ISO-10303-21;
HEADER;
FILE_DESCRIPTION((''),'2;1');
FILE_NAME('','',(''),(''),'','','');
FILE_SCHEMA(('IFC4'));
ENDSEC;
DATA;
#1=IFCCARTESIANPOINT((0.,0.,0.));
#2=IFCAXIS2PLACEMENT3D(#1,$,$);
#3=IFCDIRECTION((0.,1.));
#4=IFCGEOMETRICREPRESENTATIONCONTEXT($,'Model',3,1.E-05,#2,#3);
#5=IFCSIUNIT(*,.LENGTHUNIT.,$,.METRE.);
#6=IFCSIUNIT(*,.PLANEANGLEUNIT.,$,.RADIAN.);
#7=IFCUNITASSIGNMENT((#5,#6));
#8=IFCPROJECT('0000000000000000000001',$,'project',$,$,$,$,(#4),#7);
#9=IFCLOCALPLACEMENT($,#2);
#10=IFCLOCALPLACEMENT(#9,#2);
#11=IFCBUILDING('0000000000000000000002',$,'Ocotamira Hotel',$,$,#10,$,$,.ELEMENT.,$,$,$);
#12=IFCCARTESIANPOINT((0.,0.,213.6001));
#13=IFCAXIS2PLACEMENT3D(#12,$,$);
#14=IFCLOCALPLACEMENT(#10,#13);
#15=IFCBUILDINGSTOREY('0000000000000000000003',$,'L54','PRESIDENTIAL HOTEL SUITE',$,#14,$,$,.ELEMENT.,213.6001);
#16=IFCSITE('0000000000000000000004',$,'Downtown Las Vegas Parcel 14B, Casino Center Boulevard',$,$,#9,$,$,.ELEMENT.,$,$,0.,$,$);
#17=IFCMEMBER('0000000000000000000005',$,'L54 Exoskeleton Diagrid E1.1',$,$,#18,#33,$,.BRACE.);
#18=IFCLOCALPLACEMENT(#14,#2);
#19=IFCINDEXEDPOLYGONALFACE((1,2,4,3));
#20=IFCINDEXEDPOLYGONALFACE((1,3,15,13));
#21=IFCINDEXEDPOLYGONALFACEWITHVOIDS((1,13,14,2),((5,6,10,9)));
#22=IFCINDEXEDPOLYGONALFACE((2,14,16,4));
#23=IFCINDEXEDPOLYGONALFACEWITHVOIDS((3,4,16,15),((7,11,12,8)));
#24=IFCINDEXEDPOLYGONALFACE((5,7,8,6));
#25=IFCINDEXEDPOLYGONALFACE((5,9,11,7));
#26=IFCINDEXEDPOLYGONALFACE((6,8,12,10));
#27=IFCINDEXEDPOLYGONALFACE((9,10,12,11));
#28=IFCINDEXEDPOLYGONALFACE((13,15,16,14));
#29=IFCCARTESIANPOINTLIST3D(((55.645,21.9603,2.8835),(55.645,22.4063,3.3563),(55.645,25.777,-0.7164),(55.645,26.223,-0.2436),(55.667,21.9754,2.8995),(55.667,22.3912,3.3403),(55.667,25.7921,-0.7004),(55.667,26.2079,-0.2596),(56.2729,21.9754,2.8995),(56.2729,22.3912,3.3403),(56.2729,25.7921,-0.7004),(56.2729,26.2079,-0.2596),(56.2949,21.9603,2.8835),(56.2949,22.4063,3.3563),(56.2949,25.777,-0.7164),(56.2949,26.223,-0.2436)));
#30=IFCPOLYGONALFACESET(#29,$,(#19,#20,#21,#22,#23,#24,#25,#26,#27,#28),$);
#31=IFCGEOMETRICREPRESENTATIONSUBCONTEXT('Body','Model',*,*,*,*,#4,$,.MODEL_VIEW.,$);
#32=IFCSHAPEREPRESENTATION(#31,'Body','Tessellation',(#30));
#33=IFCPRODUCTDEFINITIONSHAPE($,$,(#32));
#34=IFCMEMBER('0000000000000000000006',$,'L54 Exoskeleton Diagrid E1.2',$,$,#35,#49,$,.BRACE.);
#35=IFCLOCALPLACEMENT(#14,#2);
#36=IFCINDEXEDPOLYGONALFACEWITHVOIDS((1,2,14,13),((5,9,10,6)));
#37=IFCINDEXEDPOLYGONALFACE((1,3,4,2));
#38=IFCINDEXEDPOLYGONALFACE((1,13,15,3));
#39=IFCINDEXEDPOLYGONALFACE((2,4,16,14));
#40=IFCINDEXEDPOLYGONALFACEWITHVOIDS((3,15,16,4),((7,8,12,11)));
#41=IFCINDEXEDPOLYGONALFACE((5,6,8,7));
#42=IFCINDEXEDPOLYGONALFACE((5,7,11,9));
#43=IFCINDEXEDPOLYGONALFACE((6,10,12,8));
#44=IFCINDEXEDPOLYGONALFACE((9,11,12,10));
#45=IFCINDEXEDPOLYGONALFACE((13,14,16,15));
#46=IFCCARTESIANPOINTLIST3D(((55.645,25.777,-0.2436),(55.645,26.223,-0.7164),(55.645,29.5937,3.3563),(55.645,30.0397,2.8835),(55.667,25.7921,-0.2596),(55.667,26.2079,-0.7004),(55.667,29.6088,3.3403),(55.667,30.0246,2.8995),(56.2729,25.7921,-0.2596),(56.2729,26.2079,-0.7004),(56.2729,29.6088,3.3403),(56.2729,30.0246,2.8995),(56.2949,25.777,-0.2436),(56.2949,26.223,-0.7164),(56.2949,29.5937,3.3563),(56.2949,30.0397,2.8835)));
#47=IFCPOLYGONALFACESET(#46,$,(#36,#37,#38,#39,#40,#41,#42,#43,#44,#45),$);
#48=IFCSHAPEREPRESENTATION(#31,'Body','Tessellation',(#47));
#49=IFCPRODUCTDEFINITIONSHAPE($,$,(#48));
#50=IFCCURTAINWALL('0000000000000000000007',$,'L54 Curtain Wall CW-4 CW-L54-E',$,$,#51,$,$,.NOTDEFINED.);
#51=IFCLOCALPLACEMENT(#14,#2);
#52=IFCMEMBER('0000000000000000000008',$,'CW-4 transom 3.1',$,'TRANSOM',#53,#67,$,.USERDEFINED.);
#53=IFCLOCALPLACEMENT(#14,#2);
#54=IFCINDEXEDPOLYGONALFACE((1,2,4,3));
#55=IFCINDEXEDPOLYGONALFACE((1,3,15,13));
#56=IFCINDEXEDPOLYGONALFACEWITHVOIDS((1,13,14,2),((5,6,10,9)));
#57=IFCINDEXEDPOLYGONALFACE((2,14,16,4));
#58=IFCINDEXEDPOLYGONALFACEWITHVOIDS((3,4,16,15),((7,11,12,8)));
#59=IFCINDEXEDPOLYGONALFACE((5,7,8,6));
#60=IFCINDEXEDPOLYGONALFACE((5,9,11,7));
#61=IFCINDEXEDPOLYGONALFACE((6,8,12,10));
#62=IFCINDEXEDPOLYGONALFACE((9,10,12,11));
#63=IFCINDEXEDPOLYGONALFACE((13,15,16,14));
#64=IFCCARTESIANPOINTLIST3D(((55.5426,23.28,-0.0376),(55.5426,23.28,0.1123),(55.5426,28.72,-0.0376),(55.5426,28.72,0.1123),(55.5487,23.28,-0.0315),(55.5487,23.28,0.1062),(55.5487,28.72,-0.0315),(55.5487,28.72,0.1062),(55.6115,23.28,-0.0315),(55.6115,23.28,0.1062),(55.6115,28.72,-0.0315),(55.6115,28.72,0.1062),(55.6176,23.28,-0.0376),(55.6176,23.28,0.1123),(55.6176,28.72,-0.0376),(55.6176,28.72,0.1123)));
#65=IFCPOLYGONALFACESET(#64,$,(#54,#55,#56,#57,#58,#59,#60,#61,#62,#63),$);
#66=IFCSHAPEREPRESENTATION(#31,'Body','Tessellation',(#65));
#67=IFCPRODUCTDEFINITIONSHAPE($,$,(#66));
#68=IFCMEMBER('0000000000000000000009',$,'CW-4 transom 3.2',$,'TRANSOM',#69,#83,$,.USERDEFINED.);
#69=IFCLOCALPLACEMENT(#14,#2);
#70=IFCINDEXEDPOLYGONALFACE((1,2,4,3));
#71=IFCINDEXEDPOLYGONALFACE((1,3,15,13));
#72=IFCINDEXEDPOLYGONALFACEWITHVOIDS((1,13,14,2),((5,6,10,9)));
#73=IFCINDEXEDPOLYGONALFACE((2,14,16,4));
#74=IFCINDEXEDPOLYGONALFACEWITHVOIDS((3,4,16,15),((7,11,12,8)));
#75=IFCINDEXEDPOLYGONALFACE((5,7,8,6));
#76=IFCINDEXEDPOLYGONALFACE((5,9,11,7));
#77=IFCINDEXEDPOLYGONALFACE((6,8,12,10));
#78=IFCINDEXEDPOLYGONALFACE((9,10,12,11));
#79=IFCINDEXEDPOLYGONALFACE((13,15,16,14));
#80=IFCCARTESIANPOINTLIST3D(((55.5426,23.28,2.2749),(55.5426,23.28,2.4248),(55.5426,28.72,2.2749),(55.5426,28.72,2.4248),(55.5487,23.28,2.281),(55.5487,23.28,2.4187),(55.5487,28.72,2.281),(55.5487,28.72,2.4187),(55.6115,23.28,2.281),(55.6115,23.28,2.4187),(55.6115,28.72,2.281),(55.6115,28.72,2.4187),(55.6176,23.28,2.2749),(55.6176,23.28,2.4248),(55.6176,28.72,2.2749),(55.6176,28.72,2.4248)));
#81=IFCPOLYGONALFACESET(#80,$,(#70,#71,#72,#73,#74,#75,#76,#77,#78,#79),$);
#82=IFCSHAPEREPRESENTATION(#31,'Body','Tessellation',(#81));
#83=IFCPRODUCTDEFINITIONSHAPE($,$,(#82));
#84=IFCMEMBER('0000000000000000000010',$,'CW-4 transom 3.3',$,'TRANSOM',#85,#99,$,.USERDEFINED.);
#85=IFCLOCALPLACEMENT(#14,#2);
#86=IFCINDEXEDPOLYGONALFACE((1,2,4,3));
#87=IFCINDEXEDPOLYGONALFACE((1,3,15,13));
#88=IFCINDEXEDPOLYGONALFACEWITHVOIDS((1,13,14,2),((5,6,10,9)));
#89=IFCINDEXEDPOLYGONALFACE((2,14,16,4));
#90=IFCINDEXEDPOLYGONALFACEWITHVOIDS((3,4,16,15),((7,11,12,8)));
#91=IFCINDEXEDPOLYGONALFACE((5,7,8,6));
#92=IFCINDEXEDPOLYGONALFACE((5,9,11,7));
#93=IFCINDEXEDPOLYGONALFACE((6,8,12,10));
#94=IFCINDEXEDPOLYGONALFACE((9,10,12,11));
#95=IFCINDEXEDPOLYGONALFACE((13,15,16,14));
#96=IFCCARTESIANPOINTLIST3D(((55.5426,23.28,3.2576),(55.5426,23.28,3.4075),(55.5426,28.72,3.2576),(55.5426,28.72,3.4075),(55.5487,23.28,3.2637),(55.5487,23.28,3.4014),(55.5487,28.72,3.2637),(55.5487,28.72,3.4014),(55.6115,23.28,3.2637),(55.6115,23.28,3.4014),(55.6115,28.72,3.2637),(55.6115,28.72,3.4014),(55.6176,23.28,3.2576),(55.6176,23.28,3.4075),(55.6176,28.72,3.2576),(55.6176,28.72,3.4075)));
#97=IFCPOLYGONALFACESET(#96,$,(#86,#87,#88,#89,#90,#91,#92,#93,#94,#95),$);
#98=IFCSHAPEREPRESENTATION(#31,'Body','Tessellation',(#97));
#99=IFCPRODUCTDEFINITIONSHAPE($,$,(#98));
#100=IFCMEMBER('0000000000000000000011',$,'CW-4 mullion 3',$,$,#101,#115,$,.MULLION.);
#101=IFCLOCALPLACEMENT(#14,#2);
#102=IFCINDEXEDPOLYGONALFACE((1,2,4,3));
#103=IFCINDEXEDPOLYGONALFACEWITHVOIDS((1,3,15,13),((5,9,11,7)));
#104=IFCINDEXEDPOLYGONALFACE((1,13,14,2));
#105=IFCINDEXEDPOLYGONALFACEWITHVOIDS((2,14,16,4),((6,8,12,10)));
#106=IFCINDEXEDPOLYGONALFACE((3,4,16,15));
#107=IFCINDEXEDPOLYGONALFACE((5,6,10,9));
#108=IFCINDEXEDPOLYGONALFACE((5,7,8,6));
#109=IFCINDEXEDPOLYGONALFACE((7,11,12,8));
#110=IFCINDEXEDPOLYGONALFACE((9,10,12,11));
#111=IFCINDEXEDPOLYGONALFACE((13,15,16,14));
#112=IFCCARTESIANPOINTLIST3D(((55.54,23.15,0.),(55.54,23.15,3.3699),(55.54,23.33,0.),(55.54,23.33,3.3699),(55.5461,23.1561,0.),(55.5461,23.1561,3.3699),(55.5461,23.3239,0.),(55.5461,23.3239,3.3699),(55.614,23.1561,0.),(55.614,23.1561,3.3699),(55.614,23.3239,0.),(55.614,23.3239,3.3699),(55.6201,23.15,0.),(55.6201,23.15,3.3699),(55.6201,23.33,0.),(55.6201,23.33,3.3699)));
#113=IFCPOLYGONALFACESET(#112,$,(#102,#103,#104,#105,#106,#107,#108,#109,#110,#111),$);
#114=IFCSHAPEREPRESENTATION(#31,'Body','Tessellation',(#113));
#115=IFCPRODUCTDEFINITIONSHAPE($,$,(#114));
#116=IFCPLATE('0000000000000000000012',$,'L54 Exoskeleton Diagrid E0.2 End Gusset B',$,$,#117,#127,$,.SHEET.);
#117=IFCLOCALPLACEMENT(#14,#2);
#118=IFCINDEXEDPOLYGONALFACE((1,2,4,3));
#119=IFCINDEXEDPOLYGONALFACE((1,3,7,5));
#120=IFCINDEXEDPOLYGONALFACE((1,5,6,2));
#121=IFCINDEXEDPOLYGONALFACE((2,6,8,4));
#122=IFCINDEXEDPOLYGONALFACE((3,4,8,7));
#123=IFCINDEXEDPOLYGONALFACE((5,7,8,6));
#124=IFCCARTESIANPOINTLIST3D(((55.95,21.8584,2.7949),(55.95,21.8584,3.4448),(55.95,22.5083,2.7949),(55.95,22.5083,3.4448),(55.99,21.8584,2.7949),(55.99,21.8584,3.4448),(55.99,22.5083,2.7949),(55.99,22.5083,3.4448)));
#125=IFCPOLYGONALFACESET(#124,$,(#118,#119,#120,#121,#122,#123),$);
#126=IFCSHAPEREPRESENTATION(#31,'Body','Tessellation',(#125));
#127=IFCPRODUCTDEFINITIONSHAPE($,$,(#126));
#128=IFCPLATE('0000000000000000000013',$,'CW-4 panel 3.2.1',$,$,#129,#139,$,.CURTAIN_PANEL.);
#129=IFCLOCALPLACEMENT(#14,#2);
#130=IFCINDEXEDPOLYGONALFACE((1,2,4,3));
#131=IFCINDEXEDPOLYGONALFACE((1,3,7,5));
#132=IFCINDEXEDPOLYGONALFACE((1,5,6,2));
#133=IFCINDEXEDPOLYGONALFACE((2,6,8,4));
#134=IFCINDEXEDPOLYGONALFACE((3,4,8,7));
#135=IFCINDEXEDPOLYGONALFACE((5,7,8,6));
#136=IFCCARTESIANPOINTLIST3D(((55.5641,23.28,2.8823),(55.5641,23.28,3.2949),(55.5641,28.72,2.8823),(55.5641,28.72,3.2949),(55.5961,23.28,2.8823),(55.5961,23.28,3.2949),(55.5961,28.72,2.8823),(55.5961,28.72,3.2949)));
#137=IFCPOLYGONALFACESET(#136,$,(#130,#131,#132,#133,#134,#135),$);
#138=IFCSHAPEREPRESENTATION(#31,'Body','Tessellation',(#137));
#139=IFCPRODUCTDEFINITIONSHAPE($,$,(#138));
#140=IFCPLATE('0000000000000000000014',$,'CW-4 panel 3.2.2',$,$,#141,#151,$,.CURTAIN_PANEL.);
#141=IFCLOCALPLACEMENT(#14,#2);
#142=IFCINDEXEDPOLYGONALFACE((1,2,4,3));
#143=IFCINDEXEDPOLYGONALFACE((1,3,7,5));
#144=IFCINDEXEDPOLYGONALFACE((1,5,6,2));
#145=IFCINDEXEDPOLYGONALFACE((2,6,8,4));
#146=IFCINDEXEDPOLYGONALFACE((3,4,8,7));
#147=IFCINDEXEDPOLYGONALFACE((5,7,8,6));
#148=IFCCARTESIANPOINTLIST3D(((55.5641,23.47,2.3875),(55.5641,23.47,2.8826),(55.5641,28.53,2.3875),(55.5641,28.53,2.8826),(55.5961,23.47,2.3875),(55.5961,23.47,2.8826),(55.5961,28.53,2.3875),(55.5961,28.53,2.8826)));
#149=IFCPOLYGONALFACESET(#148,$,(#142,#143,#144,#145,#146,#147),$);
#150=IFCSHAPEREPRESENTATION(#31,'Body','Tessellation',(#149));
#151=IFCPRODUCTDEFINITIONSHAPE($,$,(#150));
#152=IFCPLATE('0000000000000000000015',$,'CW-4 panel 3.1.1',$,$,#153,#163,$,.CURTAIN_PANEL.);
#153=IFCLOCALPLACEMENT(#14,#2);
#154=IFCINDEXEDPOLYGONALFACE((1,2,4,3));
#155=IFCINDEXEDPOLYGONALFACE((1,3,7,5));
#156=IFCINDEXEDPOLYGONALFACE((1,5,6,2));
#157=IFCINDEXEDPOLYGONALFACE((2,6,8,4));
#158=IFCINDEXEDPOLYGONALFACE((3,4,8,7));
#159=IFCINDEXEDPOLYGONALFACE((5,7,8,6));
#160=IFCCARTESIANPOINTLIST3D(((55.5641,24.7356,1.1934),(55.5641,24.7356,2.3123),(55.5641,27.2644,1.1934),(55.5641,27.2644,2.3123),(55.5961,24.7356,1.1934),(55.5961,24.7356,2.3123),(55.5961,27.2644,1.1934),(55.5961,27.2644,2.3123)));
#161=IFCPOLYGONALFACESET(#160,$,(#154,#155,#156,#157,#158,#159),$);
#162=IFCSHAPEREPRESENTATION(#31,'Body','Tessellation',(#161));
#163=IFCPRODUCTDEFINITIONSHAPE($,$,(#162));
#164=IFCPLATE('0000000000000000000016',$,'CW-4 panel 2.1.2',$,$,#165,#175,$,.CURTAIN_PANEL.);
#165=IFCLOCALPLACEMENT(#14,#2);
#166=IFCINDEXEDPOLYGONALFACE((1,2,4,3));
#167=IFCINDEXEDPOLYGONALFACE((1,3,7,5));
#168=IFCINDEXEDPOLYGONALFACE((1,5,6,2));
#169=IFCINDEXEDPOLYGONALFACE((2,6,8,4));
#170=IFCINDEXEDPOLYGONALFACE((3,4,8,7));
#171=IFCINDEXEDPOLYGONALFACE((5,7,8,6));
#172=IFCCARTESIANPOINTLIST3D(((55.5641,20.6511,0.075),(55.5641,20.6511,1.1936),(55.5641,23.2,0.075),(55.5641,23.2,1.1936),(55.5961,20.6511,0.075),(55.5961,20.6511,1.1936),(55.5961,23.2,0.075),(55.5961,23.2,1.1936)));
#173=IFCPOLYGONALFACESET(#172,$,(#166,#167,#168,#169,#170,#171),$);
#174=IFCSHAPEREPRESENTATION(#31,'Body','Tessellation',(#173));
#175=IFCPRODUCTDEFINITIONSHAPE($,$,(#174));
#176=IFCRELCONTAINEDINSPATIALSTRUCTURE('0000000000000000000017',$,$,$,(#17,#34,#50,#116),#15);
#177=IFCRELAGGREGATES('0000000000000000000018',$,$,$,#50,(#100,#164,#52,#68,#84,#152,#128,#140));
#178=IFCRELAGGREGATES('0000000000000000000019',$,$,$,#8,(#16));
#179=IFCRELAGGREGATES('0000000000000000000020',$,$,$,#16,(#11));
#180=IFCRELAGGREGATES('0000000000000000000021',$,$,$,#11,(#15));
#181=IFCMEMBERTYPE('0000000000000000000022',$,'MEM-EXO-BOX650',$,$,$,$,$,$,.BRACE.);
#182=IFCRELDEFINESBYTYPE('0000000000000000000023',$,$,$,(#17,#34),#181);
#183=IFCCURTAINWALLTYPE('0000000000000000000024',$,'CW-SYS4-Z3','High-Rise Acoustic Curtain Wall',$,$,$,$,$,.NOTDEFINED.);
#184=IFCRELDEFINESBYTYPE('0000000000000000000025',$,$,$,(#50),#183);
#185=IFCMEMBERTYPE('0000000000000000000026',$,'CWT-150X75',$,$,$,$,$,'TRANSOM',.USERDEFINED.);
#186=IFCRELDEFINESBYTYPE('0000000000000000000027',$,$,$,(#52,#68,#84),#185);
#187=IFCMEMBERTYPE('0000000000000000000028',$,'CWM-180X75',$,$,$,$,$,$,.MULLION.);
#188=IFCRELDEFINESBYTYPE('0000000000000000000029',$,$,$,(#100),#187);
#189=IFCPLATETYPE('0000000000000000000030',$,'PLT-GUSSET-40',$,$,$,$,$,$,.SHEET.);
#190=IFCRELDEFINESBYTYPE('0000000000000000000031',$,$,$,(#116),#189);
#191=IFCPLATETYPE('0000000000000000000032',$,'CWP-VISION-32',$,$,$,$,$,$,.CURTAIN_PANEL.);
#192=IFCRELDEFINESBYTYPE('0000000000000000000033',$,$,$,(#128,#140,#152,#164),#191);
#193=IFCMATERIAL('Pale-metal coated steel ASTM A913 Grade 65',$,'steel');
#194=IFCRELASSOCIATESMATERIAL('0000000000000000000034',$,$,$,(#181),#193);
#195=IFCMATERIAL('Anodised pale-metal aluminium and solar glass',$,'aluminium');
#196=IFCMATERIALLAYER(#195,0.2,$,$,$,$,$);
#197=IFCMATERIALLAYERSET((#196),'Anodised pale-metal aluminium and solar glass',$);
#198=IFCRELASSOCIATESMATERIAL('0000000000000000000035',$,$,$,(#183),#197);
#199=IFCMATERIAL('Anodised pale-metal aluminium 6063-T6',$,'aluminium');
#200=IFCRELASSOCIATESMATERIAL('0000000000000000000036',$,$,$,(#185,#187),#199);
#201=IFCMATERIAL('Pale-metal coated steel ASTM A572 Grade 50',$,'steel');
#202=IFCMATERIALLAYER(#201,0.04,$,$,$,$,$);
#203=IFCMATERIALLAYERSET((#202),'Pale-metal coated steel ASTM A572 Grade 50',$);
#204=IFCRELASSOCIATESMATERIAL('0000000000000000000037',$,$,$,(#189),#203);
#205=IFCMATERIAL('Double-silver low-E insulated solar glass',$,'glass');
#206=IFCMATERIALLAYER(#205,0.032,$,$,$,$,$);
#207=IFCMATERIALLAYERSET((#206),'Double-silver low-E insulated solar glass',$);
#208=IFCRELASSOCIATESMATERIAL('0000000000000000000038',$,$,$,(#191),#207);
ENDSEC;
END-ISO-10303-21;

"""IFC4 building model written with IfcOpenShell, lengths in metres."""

from ifc_helpers import new_model, si_unit, direction, frame, origin, origin_2d, place, context, subcontext, project, spatial, rectangle, hollow_rectangle, extrude, source, transform, mapped, material, layer, layer_set, material_profile, profile_set, type_object, element, aggregate, save


model = new_model("IFC4")

# Units and contexts
model_context = context("Model", 3, precision=1e-05, world=origin(), true_north=direction((0.0, 1.0)))
body_context = subcontext(model_context, "Body", "Model", "MODEL_VIEW")
ifc_project = project(units=[si_unit("LENGTHUNIT", "METRE"), si_unit("PLANEANGLEUNIT", "RADIAN")], contexts=[model_context])

# Site, building, storey
site_placement = place(None, origin())
site = spatial("IfcSite", under=ifc_project, at=site_placement, Name="Downtown Las Vegas Parcel 14B, Casino Center Boulevard", CompositionType="ELEMENT", RefElevation=0.0)
building_placement = place(site_placement, origin())
building = spatial("IfcBuilding", under=site, at=building_placement, Name="Ocotamira Hotel", CompositionType="ELEMENT")
storey_placement = place(building_placement, frame((0.0, 0.0, 213.6001)))
storey = spatial("IfcBuildingStorey", under=building, at=storey_placement, Name="L54", Description="PRESIDENTIAL HOTEL SUITE", CompositionType="ELEMENT", Elevation=213.6001)

# Members
ifc_material_1 = material(Name="Pale-metal coated steel ASTM A913 Grade 65", Category="steel")
ifc_material_profile_1 = material_profile(ifc_material_1, hollow_rectangle(XDim=0.6499, YDim=0.6499, WallThickness=0.022, at=origin_2d()), Name="BOX650X650X22")
ifc_profile_set_1 = profile_set([ifc_material_profile_1], Name="Pale-metal coated steel ASTM A913 Grade 65")
member_type_1 = type_object("IfcMemberType", Name="MEM-EXO-BOX650", PredefinedType="BRACE", material=ifc_profile_set_1)
shared_shape_1 = source(origin(), body_context, "Body", "SweptSolid", [
    extrude(hollow_rectangle(XDim=0.6499, YDim=0.6499, WallThickness=0.022, at=origin_2d()), origin(), (0.0, 0.0, 1.0), 5.2466),
])
for number, where, z_axis, x_axis, name in (
    (1, (55.97, 26.0, -0.48), (0.0, -0.727466, 0.686144), (1.0, 0.0, 0.0), "L54 Exoskeleton Diagrid E1.1"),
    (2, (55.97, 26.0, -0.48), (0.0, 0.727466, 0.686144), (-1.0, 0.0, 0.0), "L54 Exoskeleton Diagrid E1.2"),
):
    element("IfcMember", number, at=place(storey_placement, frame(where, z_axis=z_axis, x_axis=x_axis)), inside=storey, type_object=member_type_1, Name=name, PredefinedType="BRACE", context=body_context, shape_type="MappedRepresentation", body=[
        mapped(shared_shape_1, transform((0.0, 0.0, 0.0), scale=1.0)),
    ])

# Curtain wall, members
ifc_material_2 = material(Name="Anodised pale-metal aluminium and solar glass", Category="aluminium")
ifc_layer_1 = layer(ifc_material_2, 0.2)
ifc_layer_set_1 = layer_set([ifc_layer_1], Name="Anodised pale-metal aluminium and solar glass")
curtain_wall_type = type_object("IfcCurtainWallType", Name="CW-SYS4-Z3", Description="High-Rise Acoustic Curtain Wall", PredefinedType="NOTDEFINED", material=ifc_layer_set_1)
curtain_wall_placement = place(storey_placement, origin())
curtain_wall = element("IfcCurtainWall", 3, at=curtain_wall_placement, inside=storey, type_object=curtain_wall_type, Name="L54 Curtain Wall CW-4 CW-L54-E", PredefinedType="NOTDEFINED")
ifc_material_3 = material(Name="Anodised pale-metal aluminium 6063-T6", Category="aluminium")
ifc_material_profile_2 = material_profile(ifc_material_3, hollow_rectangle(XDim=0.075, YDim=0.1499, WallThickness=0.0061, at=origin_2d()), Name="HSS150X75X6")
ifc_profile_set_2 = profile_set([ifc_material_profile_2], Name="Anodised pale-metal aluminium 6063-T6")
member_type_2 = type_object("IfcMemberType", Name="CWT-150X75", ElementType="TRANSOM", PredefinedType="USERDEFINED", material=ifc_profile_set_2)
shared_shape_2 = source(origin(), body_context, "Body", "SweptSolid", [
    extrude(hollow_rectangle(XDim=0.075, YDim=0.1499, WallThickness=0.0061, at=origin_2d()), origin(), (0.0, 0.0, 1.0), 5.4399),
])
member_1_placement = place(storey_placement, frame((55.5801, 23.28, 0.0374), z_axis=(0.0, 1.0, 0.0), x_axis=(-1.0, 0.0, 0.0)))
member_1 = element("IfcMember", 4, at=member_1_placement, type_object=member_type_2, Name="CW-4 transom 3.1", ObjectType="TRANSOM", PredefinedType="USERDEFINED", context=body_context, shape_type="MappedRepresentation", body=[
    mapped(shared_shape_2, transform((0.0, 0.0, 0.0), scale=1.0)),
])
member_2_placement = place(storey_placement, frame((55.5801, 23.28, 2.3499), z_axis=(0.0, 1.0, 0.0), x_axis=(-1.0, 0.0, 0.0)))
member_2 = element("IfcMember", 5, at=member_2_placement, type_object=member_type_2, Name="CW-4 transom 3.2", ObjectType="TRANSOM", PredefinedType="USERDEFINED", context=body_context, shape_type="MappedRepresentation", body=[
    mapped(shared_shape_2, transform((0.0, 0.0, 0.0), scale=1.0)),
])
member_3_placement = place(storey_placement, frame((55.5801, 23.28, 3.3325), z_axis=(0.0, 1.0, 0.0), x_axis=(-1.0, 0.0, 0.0)))
member_3 = element("IfcMember", 6, at=member_3_placement, type_object=member_type_2, Name="CW-4 transom 3.3", ObjectType="TRANSOM", PredefinedType="USERDEFINED", context=body_context, shape_type="MappedRepresentation", body=[
    mapped(shared_shape_2, transform((0.0, 0.0, 0.0), scale=1.0)),
])
ifc_material_profile_3 = material_profile(ifc_material_3, hollow_rectangle(XDim=0.0801, YDim=0.1799, WallThickness=0.0061, at=origin_2d()), Name="HSS180X80X6")
ifc_profile_set_3 = profile_set([ifc_material_profile_3], Name="Anodised pale-metal aluminium 6063-T6")
member_type_3 = type_object("IfcMemberType", Name="CWM-180X75", PredefinedType="MULLION", material=ifc_profile_set_3)
shared_shape_3 = source(origin(), body_context, "Body", "SweptSolid", [
    extrude(hollow_rectangle(XDim=0.0801, YDim=0.1799, WallThickness=0.0061, at=origin_2d()), origin(), (0.0, 0.0, 1.0), 3.3699),
])
member_4_placement = place(storey_placement, frame((55.5801, 23.24, 0.0), z_axis=(0.0, 0.0, 1.0), x_axis=(-1.0, 0.0, 0.0)))
member_4 = element("IfcMember", 7, at=member_4_placement, type_object=member_type_3, Name="CW-4 mullion 3", PredefinedType="MULLION", context=body_context, shape_type="MappedRepresentation", body=[
    mapped(shared_shape_3, transform((0.0, 0.0, 0.0), scale=1.0)),
])

# Plates
ifc_material_4 = material(Name="Pale-metal coated steel ASTM A572 Grade 50", Category="steel")
ifc_layer_2 = layer(ifc_material_4, 0.04)
ifc_layer_set_2 = layer_set([ifc_layer_2], Name="Pale-metal coated steel ASTM A572 Grade 50")
plate_type_1 = type_object("IfcPlateType", Name="PLT-GUSSET-40", PredefinedType="SHEET", material=ifc_layer_set_2)
shared_shape_4 = source(origin(), body_context, "Body", "SweptSolid", [
    extrude(rectangle(XDim=0.04, YDim=0.6499, at=origin_2d()), origin(), (0.0, 0.0, 1.0), 0.6499),
])
plate_1_placement = place(storey_placement, frame((55.97, 22.1833, 2.7949), z_axis=(0.0, 0.0, 1.0), x_axis=(1.0, 0.0, 0.0)))
element("IfcPlate", 8, at=plate_1_placement, inside=storey, type_object=plate_type_1, Name="L54 Exoskeleton Diagrid E0.2 End Gusset B", PredefinedType="SHEET", context=body_context, shape_type="MappedRepresentation", body=[
    mapped(shared_shape_4, transform((0.0, 0.0, 0.0), scale=1.0)),
])
ifc_material_5 = material(Name="Double-silver low-E insulated solar glass", Category="glass")
ifc_layer_3 = layer(ifc_material_5, 0.032)
ifc_layer_set_3 = layer_set([ifc_layer_3], Name="Double-silver low-E insulated solar glass")
plate_type_2 = type_object("IfcPlateType", Name="CWP-VISION-32", PredefinedType="CURTAIN_PANEL", material=ifc_layer_set_3)
shared_shape_5 = source(origin(), body_context, "Body", "SweptSolid", [
    extrude(rectangle(XDim=5.4399, YDim=0.032, at=origin_2d()), origin(), (0.0, 0.0, 1.0), 0.4126),
])
plate_2_placement = place(storey_placement, frame((55.5801, 26.0, 2.8823), z_axis=(0.0, 0.0, 1.0), x_axis=(0.0, 1.0, 0.0)))
plate_2 = element("IfcPlate", 9, at=plate_2_placement, type_object=plate_type_2, Name="CW-4 panel 3.2.1", PredefinedType="CURTAIN_PANEL", context=body_context, shape_type="MappedRepresentation", body=[
    mapped(shared_shape_5, transform((0.0, 0.0, 0.0), scale=1.0)),
])
shared_shape_6 = source(origin(), body_context, "Body", "SweptSolid", [
    extrude(rectangle(XDim=5.0601, YDim=0.032, at=origin_2d()), origin(), (0.0, 0.0, 1.0), 0.4951),
])
plate_3_placement = place(storey_placement, frame((55.5801, 26.0, 2.3875), z_axis=(0.0, 0.0, 1.0), x_axis=(0.0, 1.0, 0.0)))
plate_3 = element("IfcPlate", 10, at=plate_3_placement, type_object=plate_type_2, Name="CW-4 panel 3.2.2", PredefinedType="CURTAIN_PANEL", context=body_context, shape_type="MappedRepresentation", body=[
    mapped(shared_shape_6, transform((0.0, 0.0, 0.0), scale=1.0)),
])
shared_shape_7 = source(origin(), body_context, "Body", "SweptSolid", [
    extrude(rectangle(XDim=2.5288, YDim=0.032, at=origin_2d()), origin(), (0.0, 0.0, 1.0), 1.1189),
])
plate_4_placement = place(storey_placement, frame((55.5801, 26.0, 1.1934), z_axis=(0.0, 0.0, 1.0), x_axis=(0.0, 1.0, 0.0)))
plate_4 = element("IfcPlate", 11, at=plate_4_placement, type_object=plate_type_2, Name="CW-4 panel 3.1.1", PredefinedType="CURTAIN_PANEL", context=body_context, shape_type="MappedRepresentation", body=[
    mapped(shared_shape_7, transform((0.0, 0.0, 0.0), scale=1.0)),
])
shared_shape_8 = source(origin(), body_context, "Body", "SweptSolid", [
    extrude(rectangle(XDim=2.5488, YDim=0.032, at=origin_2d()), origin(), (0.0, 0.0, 1.0), 1.1187),
])
plate_5_placement = place(storey_placement, frame((55.5801, 21.9255, 0.075), z_axis=(0.0, 0.0, 1.0), x_axis=(0.0, 1.0, 0.0)))
plate_5 = element("IfcPlate", 12, at=plate_5_placement, type_object=plate_type_2, Name="CW-4 panel 2.1.2", PredefinedType="CURTAIN_PANEL", context=body_context, shape_type="MappedRepresentation", body=[
    mapped(shared_shape_8, transform((0.0, 0.0, 0.0), scale=1.0)),
])
aggregate(curtain_wall, [member_4, plate_5, member_1, member_2, member_3, plate_4, plate_2, plate_3])

save(model, "model.ifc")
